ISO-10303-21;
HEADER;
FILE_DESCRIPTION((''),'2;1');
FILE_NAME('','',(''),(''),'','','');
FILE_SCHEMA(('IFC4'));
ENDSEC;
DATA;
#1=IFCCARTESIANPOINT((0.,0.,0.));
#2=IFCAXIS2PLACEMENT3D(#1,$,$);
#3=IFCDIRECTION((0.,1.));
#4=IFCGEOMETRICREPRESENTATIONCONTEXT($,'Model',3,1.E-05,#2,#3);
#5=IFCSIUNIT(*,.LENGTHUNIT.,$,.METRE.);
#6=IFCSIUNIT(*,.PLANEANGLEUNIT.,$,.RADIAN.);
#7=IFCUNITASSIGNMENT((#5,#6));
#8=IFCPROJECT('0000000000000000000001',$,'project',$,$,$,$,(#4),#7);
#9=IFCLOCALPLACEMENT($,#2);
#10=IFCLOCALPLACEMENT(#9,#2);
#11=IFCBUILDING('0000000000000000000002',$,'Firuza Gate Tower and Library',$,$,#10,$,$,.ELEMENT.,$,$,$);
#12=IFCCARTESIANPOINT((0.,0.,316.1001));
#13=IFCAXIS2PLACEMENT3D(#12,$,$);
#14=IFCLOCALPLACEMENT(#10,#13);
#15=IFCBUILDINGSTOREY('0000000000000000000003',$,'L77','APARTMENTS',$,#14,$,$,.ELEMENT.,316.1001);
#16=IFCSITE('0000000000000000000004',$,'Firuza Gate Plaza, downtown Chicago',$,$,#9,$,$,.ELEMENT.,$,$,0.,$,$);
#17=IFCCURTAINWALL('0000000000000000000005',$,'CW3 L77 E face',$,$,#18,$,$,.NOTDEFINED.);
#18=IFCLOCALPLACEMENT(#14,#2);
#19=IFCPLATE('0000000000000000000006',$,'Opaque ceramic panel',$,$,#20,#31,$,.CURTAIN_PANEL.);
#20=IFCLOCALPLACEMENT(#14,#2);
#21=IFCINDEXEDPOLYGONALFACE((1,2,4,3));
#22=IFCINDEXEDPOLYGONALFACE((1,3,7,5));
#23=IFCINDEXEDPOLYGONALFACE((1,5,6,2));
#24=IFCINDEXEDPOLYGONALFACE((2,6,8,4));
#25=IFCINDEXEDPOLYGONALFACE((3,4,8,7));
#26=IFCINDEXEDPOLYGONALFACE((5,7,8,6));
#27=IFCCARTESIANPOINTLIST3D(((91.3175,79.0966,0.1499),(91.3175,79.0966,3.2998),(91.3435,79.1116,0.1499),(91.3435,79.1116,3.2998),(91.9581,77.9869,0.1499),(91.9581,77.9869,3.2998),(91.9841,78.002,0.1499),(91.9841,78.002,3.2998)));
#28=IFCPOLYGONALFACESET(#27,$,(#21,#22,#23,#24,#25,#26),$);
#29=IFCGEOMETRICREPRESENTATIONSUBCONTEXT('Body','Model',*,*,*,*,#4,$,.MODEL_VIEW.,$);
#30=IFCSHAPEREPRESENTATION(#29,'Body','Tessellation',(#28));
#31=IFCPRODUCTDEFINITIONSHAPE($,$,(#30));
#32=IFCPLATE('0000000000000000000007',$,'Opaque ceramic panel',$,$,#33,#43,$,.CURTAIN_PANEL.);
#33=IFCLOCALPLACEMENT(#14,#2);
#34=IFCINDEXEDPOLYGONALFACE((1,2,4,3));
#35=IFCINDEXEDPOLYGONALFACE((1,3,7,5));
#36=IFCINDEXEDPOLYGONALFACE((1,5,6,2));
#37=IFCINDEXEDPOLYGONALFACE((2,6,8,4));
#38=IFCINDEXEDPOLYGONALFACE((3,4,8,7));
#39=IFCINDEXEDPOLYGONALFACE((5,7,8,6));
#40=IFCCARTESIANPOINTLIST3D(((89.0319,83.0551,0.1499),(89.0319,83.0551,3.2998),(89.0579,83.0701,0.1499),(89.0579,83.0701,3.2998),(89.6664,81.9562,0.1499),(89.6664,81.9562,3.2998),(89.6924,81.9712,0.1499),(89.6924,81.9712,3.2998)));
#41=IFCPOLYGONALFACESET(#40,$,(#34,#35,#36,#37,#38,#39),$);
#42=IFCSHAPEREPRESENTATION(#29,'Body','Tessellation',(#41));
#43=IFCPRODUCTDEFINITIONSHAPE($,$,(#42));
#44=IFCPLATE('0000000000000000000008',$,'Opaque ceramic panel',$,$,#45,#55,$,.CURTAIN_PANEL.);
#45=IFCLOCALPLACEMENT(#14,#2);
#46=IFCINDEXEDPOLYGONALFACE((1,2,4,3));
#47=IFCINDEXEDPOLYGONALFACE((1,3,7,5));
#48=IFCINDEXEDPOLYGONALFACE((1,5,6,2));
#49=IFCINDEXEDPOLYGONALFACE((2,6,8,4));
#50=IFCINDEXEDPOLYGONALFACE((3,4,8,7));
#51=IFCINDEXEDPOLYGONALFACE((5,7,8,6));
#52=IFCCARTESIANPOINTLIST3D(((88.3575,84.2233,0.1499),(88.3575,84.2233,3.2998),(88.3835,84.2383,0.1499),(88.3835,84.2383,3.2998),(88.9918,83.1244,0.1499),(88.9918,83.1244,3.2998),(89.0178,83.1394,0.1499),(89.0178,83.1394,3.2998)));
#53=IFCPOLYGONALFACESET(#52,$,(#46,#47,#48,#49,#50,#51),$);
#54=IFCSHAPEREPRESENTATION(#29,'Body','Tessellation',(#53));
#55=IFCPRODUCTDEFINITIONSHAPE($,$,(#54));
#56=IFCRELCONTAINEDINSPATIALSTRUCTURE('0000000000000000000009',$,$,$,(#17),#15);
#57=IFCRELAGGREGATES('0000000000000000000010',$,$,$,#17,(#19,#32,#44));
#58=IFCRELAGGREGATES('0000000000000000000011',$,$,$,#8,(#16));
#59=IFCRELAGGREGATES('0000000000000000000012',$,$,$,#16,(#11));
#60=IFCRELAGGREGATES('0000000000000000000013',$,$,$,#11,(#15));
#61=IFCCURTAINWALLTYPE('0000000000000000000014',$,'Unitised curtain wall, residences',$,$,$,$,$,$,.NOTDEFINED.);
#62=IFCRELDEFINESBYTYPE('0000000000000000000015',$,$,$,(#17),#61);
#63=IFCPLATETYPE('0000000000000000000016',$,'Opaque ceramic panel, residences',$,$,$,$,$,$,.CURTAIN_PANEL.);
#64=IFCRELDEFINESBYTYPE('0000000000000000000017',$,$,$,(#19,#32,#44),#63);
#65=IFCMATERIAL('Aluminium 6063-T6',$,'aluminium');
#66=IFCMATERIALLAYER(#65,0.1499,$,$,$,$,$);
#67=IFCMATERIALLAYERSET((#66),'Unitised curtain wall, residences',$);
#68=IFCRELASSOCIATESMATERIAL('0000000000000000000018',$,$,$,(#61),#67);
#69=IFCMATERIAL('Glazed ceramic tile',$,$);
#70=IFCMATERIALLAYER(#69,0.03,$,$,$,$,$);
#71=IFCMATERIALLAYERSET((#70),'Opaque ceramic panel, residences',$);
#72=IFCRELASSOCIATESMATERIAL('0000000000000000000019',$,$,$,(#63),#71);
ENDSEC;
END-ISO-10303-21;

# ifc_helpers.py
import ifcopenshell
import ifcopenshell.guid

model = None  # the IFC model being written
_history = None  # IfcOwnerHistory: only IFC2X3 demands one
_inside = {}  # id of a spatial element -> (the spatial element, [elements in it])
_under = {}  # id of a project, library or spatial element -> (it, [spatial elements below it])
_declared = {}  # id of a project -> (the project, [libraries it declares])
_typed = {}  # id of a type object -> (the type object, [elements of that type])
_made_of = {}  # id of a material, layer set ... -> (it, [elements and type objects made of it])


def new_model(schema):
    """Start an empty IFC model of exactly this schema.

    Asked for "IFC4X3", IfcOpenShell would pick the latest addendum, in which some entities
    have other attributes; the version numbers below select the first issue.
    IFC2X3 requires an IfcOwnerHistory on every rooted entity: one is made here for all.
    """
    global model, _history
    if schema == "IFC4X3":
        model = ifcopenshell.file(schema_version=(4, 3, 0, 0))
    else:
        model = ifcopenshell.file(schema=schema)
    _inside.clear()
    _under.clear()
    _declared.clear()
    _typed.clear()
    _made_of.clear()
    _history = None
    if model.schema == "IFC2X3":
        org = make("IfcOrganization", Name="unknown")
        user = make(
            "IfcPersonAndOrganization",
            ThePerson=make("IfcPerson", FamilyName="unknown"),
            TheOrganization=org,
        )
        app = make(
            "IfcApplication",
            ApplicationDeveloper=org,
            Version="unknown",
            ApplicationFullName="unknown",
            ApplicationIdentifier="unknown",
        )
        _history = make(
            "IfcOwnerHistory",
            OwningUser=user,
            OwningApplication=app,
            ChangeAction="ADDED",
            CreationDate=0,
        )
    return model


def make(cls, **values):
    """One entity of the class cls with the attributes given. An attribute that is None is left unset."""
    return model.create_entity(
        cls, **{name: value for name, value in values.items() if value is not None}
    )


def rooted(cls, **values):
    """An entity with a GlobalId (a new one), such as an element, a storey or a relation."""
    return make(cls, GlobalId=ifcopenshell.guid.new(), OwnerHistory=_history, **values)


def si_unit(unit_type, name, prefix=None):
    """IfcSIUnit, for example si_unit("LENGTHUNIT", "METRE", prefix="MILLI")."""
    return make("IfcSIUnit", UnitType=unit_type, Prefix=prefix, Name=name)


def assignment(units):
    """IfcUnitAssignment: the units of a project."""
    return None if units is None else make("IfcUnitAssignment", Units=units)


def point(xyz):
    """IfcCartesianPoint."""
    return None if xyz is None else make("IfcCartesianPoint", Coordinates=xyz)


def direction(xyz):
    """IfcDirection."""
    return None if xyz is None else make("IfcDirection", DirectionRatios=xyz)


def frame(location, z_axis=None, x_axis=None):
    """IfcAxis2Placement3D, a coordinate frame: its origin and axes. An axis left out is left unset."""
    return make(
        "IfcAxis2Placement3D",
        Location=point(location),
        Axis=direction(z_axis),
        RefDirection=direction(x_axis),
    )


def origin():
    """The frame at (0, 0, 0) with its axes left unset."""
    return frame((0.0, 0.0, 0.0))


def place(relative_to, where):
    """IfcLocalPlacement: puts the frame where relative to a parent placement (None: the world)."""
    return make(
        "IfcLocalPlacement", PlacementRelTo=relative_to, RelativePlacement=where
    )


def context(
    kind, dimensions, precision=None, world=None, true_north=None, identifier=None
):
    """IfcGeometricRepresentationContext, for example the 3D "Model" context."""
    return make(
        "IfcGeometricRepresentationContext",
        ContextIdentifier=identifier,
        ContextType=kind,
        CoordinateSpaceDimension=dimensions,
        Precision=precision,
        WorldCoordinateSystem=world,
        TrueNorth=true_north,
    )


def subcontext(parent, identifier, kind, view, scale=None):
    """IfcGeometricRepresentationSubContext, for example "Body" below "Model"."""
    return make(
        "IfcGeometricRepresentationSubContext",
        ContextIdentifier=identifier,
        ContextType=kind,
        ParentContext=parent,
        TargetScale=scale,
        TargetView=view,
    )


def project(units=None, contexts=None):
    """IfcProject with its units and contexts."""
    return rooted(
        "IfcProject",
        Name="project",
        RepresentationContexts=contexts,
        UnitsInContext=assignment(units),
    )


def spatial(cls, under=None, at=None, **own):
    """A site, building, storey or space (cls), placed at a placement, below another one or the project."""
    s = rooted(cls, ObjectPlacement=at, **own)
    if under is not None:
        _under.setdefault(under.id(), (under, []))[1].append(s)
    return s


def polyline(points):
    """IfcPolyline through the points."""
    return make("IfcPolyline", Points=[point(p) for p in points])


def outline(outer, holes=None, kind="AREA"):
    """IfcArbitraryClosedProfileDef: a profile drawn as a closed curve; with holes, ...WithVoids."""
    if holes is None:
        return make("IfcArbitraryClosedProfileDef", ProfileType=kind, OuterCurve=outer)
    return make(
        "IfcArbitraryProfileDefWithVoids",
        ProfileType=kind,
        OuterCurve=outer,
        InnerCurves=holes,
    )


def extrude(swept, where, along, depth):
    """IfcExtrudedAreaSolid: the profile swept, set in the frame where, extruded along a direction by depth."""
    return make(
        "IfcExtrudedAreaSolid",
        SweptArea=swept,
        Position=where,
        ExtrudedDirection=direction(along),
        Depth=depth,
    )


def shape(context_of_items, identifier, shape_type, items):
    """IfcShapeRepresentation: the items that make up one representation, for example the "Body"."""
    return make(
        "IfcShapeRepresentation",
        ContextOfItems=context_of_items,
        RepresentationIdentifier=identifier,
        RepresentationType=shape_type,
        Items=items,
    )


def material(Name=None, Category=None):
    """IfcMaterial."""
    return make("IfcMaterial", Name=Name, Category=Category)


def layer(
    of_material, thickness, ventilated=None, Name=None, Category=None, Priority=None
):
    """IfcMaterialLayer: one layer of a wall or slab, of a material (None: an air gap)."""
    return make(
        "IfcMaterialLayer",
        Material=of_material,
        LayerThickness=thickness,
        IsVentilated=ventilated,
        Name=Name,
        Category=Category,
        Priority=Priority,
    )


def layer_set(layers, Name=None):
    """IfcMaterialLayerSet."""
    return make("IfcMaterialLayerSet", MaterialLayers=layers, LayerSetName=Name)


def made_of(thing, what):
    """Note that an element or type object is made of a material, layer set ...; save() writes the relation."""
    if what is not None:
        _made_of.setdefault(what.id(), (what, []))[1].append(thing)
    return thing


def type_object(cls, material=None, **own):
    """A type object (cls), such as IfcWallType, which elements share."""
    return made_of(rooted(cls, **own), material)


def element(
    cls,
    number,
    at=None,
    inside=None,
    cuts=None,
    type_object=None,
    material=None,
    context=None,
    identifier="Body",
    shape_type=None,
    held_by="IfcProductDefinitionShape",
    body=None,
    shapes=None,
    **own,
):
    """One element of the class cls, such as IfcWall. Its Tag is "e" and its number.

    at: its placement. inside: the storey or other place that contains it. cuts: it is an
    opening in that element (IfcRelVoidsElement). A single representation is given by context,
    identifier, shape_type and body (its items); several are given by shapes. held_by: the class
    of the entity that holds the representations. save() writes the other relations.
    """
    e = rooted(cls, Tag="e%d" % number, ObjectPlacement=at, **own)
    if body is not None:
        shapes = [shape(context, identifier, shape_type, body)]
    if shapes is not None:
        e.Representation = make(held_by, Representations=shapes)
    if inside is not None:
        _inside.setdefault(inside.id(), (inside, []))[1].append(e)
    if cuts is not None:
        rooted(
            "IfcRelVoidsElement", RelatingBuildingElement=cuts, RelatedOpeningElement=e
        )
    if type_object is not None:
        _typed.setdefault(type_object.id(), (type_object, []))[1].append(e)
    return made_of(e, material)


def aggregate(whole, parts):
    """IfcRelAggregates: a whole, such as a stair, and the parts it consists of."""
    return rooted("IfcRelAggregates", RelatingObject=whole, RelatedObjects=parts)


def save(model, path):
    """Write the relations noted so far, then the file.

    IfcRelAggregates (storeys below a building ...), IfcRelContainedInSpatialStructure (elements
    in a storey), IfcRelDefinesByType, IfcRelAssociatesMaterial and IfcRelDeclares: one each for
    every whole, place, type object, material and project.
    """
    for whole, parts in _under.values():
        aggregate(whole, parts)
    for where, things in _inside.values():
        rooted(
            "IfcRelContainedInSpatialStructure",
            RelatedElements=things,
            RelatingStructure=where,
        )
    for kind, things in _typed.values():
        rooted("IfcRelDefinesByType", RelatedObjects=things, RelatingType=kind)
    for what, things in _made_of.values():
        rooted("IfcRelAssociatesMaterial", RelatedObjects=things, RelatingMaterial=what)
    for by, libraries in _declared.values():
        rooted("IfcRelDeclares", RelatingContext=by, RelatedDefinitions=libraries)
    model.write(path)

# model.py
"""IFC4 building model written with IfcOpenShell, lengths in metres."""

from ifc_helpers import new_model, si_unit, direction, frame, origin, place, context, subcontext, project, spatial, polyline, outline, extrude, material, layer, layer_set, type_object, element, aggregate, save


model = new_model("IFC4")

# Units and contexts
model_context = context("Model", 3, precision=1e-05, world=origin(), true_north=direction((0.0, 1.0)))
body_context = subcontext(model_context, "Body", "Model", "MODEL_VIEW")
ifc_project = project(units=[si_unit("LENGTHUNIT", "METRE"), si_unit("PLANEANGLEUNIT", "RADIAN")], contexts=[model_context])

# Site, building, storey
site_placement = place(None, origin())
site = spatial("IfcSite", under=ifc_project, at=site_placement, Name="Firuza Gate Plaza, downtown Chicago", CompositionType="ELEMENT", RefElevation=0.0)
building_placement = place(site_placement, origin())
building = spatial("IfcBuilding", under=site, at=building_placement, Name="Firuza Gate Tower and Library", CompositionType="ELEMENT")
storey_placement = place(building_placement, frame((0.0, 0.0, 316.1001)))
storey = spatial("IfcBuildingStorey", under=building, at=storey_placement, Name="L77", Description="APARTMENTS", CompositionType="ELEMENT", Elevation=316.1001)

# Curtain wall
ifc_material_1 = material(Name="Aluminium 6063-T6", Category="aluminium")
ifc_layer_1 = layer(ifc_material_1, 0.1499)
ifc_layer_set_1 = layer_set([ifc_layer_1], Name="Unitised curtain wall, residences")
curtain_wall_type = type_object("IfcCurtainWallType", Name="Unitised curtain wall, residences", PredefinedType="NOTDEFINED", material=ifc_layer_set_1)
curtain_wall_placement = place(storey_placement, origin())
curtain_wall = element("IfcCurtainWall", 1, at=curtain_wall_placement, inside=storey, type_object=curtain_wall_type, Name="CW3 L77 E face", PredefinedType="NOTDEFINED")

# Plates
ifc_material_2 = material(Name="Glazed ceramic tile")
ifc_layer_2 = layer(ifc_material_2, 0.03)
ifc_layer_set_2 = layer_set([ifc_layer_2], Name="Opaque ceramic panel, residences")
plate_type_1 = type_object("IfcPlateType", Name="Opaque ceramic panel, residences", PredefinedType="CURTAIN_PANEL", material=ifc_layer_set_2)
plate_1_placement = place(storey_placement, frame((91.9841, 78.002, 0.1499), z_axis=(0.86603, 0.499992, 0.0), x_axis=(-0.499992, 0.86603, 0.0)))
plate_1 = element("IfcPlate", 2, at=plate_1_placement, type_object=plate_type_1, Name="Opaque ceramic panel", PredefinedType="CURTAIN_PANEL", context=body_context, shape_type="SweptSolid", body=[
    extrude(outline(polyline([(0.0, 0.0), (1.2813, 0.0), (1.2813, 3.1499), (0.0, 3.1499), (0.0, 0.0)])), origin(), (0.0, 0.0, -1.0), 0.03),
])
plate_2_placement = place(storey_placement, frame((89.6924, 81.9712, 0.1499), z_axis=(0.865997, 0.50005, 0.0), x_axis=(-0.50005, 0.865997, 0.0)))
plate_2 = element("IfcPlate", 3, at=plate_2_placement, type_object=plate_type_1, Name="Opaque ceramic panel", PredefinedType="CURTAIN_PANEL", context=body_context, shape_type="SweptSolid", body=[
    extrude(outline(polyline([(0.0, 0.0), (1.2689, 0.0), (1.2689, 3.1499), (0.0, 3.1499), (0.0, 0.0)])), origin(), (0.0, 0.0, -1.0), 0.03),
])
plate_3_placement = place(storey_placement, frame((89.0178, 83.1394, 0.1499), z_axis=(0.86608, 0.499906, 0.0), x_axis=(-0.499906, 0.86608, 0.0)))
plate_3 = element("IfcPlate", 4, at=plate_3_placement, type_object=plate_type_1, Name="Opaque ceramic panel", PredefinedType="CURTAIN_PANEL", context=body_context, shape_type="SweptSolid", body=[
    extrude(outline(polyline([(0.0, 0.0), (1.2688, 0.0), (1.2688, 3.1499), (0.0, 3.1499), (0.0, 0.0)])), origin(), (0.0, 0.0, -1.0), 0.03),
])
aggregate(curtain_wall, [plate_1, plate_2, plate_3])

save(model, "model.ifc")
